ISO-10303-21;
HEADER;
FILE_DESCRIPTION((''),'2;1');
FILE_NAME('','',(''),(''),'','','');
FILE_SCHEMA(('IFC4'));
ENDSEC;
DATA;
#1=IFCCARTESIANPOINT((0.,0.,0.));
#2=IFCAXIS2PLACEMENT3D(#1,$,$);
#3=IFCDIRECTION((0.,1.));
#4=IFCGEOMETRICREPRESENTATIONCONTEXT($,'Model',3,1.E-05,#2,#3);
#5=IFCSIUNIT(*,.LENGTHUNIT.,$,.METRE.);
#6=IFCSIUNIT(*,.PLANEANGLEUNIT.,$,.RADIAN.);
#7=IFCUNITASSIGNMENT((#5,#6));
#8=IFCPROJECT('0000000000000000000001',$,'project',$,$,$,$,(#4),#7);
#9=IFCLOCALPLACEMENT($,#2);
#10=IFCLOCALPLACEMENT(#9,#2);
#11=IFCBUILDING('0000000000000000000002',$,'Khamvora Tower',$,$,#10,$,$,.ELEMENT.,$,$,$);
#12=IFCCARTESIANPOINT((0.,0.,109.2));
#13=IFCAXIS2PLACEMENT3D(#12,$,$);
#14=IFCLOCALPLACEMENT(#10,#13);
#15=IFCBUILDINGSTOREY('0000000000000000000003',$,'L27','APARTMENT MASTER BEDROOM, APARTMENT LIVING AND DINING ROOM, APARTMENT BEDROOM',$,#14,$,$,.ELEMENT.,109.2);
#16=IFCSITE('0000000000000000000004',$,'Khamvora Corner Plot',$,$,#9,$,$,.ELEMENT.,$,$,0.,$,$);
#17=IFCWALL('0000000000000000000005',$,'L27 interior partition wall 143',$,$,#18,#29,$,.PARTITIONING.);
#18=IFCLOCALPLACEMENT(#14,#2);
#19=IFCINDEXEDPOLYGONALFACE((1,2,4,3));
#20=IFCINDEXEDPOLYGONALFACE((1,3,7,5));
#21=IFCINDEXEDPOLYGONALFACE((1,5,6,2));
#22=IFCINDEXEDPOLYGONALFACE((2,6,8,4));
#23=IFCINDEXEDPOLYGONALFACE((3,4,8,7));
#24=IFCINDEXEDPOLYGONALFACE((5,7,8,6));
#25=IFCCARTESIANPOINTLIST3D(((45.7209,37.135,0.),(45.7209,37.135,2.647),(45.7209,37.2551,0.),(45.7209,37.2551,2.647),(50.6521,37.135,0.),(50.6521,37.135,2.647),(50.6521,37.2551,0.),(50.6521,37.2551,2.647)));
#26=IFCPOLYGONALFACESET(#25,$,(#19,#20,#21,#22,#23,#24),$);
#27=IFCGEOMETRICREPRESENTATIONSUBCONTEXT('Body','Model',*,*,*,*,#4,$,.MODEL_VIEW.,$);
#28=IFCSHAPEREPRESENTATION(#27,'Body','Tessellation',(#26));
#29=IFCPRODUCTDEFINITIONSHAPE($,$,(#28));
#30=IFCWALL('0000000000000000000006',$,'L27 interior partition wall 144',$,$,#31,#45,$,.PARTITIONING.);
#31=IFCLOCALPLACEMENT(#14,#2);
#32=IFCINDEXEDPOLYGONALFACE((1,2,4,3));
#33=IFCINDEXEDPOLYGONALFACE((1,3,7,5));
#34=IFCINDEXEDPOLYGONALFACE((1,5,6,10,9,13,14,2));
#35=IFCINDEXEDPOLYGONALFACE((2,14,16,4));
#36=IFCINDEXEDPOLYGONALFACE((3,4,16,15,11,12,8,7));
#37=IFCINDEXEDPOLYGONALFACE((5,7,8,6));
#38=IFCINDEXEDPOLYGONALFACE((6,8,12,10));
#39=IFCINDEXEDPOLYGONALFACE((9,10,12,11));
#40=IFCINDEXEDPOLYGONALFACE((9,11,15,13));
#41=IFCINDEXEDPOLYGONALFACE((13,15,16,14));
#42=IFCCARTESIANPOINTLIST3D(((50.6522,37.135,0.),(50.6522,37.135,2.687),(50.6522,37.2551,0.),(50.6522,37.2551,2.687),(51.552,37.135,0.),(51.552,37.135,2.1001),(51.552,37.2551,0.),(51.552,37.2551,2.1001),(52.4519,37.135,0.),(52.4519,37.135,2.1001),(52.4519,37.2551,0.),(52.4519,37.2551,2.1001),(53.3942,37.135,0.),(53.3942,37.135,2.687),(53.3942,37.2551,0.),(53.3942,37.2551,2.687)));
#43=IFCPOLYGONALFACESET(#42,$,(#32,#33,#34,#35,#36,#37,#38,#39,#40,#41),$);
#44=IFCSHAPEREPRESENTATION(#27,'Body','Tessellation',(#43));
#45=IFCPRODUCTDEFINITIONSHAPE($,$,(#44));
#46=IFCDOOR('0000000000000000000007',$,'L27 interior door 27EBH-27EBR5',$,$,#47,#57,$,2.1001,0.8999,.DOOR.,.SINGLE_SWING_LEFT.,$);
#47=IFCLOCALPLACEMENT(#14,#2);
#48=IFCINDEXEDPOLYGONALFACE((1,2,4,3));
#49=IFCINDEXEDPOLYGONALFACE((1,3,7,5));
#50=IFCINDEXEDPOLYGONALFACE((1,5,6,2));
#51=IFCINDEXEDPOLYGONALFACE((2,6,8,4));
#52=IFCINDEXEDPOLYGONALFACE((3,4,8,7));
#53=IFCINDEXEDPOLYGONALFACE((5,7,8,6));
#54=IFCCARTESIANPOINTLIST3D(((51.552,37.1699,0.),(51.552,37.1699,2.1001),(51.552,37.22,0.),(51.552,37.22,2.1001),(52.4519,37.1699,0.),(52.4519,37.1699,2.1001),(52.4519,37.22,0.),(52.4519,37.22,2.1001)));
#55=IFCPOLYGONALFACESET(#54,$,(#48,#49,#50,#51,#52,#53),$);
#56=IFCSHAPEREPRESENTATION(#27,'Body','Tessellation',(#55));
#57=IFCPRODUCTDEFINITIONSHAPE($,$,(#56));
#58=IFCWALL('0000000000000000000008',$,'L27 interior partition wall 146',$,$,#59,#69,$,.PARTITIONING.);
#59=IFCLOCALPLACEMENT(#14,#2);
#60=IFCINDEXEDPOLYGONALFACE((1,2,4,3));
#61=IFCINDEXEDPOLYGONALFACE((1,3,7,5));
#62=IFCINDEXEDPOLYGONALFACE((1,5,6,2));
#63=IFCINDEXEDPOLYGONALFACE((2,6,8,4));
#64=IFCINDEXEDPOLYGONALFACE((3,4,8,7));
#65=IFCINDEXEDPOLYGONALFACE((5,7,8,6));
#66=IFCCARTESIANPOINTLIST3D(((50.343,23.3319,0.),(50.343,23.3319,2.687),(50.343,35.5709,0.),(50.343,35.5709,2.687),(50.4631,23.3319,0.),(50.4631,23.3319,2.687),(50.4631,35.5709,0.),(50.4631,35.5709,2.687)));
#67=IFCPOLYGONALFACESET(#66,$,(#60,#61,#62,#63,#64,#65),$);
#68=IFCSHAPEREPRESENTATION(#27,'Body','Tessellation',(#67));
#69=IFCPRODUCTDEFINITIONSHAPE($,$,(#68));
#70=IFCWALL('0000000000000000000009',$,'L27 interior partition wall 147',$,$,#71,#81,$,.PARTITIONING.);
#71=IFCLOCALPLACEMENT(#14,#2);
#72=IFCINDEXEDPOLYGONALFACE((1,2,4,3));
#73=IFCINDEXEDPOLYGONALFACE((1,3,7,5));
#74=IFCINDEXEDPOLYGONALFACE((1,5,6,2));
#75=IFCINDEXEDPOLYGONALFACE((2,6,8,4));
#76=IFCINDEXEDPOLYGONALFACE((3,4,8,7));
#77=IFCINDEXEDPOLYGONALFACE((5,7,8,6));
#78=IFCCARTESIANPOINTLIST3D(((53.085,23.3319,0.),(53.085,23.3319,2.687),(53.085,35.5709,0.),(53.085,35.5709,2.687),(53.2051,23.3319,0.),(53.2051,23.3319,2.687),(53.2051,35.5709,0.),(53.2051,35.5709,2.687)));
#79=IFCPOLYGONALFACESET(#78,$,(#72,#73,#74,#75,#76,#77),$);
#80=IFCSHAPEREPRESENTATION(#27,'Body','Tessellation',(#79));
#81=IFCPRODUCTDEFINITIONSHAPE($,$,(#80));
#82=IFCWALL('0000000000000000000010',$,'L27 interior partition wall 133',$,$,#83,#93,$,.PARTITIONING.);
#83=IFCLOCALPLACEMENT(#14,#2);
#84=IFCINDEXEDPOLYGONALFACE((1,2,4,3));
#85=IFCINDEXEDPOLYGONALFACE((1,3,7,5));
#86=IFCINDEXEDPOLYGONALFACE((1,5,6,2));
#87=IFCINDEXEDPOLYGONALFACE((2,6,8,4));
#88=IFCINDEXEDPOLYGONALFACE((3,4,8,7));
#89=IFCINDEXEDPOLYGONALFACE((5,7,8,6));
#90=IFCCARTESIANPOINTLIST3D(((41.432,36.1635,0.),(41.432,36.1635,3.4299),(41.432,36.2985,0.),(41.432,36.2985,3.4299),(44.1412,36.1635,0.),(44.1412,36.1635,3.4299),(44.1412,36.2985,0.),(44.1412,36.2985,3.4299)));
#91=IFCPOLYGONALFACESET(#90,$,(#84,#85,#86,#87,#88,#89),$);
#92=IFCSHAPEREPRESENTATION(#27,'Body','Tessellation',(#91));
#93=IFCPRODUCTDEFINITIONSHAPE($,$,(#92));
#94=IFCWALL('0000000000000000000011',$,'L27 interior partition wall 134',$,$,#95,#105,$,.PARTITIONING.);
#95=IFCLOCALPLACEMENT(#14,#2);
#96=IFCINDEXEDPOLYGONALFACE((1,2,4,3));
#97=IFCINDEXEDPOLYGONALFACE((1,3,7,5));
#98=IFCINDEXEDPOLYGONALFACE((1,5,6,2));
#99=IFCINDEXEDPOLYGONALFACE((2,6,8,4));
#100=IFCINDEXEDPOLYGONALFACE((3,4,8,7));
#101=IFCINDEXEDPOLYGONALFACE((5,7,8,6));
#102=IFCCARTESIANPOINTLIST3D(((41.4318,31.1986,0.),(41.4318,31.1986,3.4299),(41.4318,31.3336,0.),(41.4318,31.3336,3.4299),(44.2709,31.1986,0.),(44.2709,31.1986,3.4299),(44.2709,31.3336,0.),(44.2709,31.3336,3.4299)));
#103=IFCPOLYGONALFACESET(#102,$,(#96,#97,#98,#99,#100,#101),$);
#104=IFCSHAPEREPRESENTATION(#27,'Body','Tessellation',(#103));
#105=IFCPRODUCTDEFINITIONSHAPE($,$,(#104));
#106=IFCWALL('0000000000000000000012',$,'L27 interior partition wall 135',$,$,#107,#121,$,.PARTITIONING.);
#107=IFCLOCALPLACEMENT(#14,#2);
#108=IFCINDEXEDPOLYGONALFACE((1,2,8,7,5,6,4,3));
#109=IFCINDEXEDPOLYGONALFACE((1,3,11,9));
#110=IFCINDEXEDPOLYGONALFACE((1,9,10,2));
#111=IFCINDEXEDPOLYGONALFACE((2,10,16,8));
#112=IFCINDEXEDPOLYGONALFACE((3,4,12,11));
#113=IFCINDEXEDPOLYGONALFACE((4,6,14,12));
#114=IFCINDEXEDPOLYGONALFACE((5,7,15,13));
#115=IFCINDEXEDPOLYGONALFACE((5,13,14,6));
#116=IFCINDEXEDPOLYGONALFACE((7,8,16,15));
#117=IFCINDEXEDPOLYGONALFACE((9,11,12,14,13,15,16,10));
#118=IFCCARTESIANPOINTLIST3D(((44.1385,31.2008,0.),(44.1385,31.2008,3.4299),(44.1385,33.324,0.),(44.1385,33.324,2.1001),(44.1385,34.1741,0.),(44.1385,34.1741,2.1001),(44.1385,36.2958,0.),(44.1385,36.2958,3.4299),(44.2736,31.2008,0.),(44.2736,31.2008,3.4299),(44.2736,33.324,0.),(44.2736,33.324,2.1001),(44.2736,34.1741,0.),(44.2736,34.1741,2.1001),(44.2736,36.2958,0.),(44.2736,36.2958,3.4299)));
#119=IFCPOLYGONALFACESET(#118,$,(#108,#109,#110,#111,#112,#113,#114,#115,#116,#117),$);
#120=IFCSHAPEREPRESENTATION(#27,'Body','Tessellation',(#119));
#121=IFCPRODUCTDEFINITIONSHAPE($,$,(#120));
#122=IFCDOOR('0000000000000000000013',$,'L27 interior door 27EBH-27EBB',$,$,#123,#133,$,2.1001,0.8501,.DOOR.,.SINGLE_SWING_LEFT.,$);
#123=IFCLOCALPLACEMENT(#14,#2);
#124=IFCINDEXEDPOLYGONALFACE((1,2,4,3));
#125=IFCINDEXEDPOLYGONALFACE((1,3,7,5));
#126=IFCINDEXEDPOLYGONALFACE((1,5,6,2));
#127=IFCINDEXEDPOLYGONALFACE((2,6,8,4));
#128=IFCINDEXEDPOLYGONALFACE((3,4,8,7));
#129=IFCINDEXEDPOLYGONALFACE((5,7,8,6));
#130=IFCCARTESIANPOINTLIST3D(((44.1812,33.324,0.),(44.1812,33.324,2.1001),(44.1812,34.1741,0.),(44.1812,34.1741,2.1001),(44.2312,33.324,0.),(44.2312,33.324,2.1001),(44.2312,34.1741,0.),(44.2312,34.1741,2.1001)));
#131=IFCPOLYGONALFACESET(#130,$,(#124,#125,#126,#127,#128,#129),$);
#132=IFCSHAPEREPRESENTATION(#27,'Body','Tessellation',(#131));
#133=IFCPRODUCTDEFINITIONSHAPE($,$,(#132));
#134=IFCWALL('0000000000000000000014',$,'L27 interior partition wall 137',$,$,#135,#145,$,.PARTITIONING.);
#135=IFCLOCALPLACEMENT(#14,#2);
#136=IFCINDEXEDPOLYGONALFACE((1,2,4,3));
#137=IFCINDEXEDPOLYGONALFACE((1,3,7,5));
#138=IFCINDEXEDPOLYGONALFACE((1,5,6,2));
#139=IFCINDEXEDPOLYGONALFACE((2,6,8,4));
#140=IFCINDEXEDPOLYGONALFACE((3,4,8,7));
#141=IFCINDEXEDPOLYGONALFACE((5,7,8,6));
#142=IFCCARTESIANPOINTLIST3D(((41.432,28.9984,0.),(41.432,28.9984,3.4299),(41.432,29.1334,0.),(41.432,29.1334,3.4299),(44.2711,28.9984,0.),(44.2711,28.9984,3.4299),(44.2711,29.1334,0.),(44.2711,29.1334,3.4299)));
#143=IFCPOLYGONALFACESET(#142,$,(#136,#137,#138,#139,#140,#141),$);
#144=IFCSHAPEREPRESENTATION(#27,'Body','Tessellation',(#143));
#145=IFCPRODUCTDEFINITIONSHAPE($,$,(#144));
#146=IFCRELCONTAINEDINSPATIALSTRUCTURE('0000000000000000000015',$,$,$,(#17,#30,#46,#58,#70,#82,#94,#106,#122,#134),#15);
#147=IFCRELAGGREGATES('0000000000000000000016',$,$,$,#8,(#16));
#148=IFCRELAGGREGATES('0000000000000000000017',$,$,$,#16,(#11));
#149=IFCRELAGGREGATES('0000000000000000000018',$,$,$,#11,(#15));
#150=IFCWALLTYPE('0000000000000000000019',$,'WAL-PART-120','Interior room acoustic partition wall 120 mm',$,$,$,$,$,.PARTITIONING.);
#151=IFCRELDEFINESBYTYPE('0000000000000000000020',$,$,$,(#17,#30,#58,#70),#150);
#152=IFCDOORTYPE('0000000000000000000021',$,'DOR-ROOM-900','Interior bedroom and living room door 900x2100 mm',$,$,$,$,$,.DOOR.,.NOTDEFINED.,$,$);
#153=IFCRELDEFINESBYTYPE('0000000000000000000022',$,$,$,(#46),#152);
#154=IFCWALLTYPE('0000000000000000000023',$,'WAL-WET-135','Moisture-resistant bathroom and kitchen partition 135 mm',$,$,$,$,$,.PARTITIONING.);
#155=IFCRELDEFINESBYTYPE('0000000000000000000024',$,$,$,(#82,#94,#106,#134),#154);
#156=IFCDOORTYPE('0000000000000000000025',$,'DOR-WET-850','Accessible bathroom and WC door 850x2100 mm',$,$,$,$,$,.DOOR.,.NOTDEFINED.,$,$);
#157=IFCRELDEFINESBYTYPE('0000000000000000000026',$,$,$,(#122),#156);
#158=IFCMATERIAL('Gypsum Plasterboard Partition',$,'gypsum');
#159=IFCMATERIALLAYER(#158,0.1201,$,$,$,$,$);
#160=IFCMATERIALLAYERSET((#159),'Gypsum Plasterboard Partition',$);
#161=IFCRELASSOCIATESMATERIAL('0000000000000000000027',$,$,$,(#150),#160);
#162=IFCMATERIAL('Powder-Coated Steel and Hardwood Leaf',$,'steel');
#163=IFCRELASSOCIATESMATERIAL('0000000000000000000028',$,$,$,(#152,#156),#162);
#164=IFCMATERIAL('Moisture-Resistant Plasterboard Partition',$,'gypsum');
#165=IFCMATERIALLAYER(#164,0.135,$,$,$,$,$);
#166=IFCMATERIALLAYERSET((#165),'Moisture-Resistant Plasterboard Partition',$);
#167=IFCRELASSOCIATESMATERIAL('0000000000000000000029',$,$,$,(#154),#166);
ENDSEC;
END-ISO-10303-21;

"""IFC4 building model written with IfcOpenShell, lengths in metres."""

from ifc_helpers import new_model, si_unit, direction, frame, frame_2d, origin, place, context, subcontext, project, spatial, rectangle, extrude, material, layer, layer_set, type_object, element, fill, save


model = new_model("IFC4")

# Units and contexts
model_context = context("Model", 3, precision=1e-05, world=origin(), true_north=direction((0.0, 1.0)))
body_context = subcontext(model_context, "Body", "Model", "MODEL_VIEW")
ifc_project = project(units=[si_unit("LENGTHUNIT", "METRE"), si_unit("PLANEANGLEUNIT", "RADIAN")], contexts=[model_context])

# Site, building, storey
site_placement = place(None, origin())
site = spatial("IfcSite", under=ifc_project, at=site_placement, Name="Khamvora Corner Plot", CompositionType="ELEMENT", RefElevation=0.0)
building_placement = place(site_placement, origin())
building = spatial("IfcBuilding", under=site, at=building_placement, Name="Khamvora Tower", CompositionType="ELEMENT")
storey_placement = place(building_placement, frame((0.0, 0.0, 109.2)))
storey = spatial("IfcBuildingStorey", under=building, at=storey_placement, Name="L27", Description="APARTMENT MASTER BEDROOM, APARTMENT LIVING AND DINING ROOM, APARTMENT BEDROOM", CompositionType="ELEMENT", Elevation=109.2)

# Shared definitions
ifc_material_1 = material(Name="Powder-Coated Steel and Hardwood Leaf", Category="steel")

# Shared definitions
ifc_material_2 = material(Name="Gypsum Plasterboard Partition", Category="gypsum")
ifc_layer_1 = layer(ifc_material_2, 0.1201)
ifc_layer_set_1 = layer_set([ifc_layer_1], Name="Gypsum Plasterboard Partition")
wall_type_1 = type_object("IfcWallType", Name="WAL-PART-120", Description="Interior room acoustic partition wall 120 mm", PredefinedType="PARTITIONING", material=ifc_layer_set_1)
door_type_1 = type_object("IfcDoorType", Name="DOR-ROOM-900", Description="Interior bedroom and living room door 900x2100 mm", OperationType="NOTDEFINED", PredefinedType="DOOR", material=ifc_material_1)

# Wall
wall_1_placement = place(storey_placement, frame((45.7209, 37.1951, 0.0), z_axis=(0.0, 0.0, 1.0), x_axis=(1.0, 0.0, 0.0)))
element("IfcWall", 1, at=wall_1_placement, inside=storey, type_object=wall_type_1, Name="L27 interior partition wall 143", PredefinedType="PARTITIONING", context=body_context, shape_type="SweptSolid", body=[
    extrude(rectangle(XDim=4.9312, YDim=0.1201, at=frame_2d((2.4656, 0.0))), origin(), (0.0, 0.0, 1.0), 2.647),
])

# Wall, opening, door
wall_2_placement = place(storey_placement, frame((50.6521, 37.1951, 0.0), z_axis=(0.0, 0.0, 1.0), x_axis=(1.0, 0.0, 0.0)))
wall_2 = element("IfcWall", 2, at=wall_2_placement, inside=storey, type_object=wall_type_1, Name="L27 interior partition wall 144", PredefinedType="PARTITIONING", context=body_context, shape_type="SweptSolid", body=[
    extrude(rectangle(XDim=2.7419, YDim=0.1201, at=frame_2d((1.3711, 0.0))), origin(), (0.0, 0.0, 1.0), 2.687),
])
opening_1_placement = place(wall_2_placement, frame((0.8999, 0.0, 0.0)))
opening_1 = element("IfcOpeningElement", 3, at=opening_1_placement, cuts=wall_2, PredefinedType="OPENING", context=body_context, shape_type="SweptSolid", body=[
    extrude(rectangle(XDim=0.8999, YDim=2.1001, at=frame_2d((0.45, 1.05))), frame((0.0, 0.0701, 0.0), z_axis=(0.0, -1.0, 0.0), x_axis=(1.0, 0.0, 0.0)), (0.0, 0.0, 1.0), 0.1401),
])
door_1_placement = place(opening_1_placement, origin())
door_1 = element("IfcDoor", 4, at=door_1_placement, inside=storey, type_object=door_type_1, Name="L27 interior door 27EBH-27EBR5", OperationType="SINGLE_SWING_LEFT", OverallHeight=2.1001, OverallWidth=0.8999, PredefinedType="DOOR", context=body_context, shape_type="SweptSolid", body=[
    extrude(rectangle(XDim=0.8999, YDim=2.1001, at=frame_2d((0.45, 1.05))), frame((0.0, 0.0249, 0.0), z_axis=(0.0, -1.0, 0.0), x_axis=(1.0, 0.0, 0.0)), (0.0, 0.0, 1.0), 0.05),
])
fill(opening_1, door_1)

# Walls
for number, where, z_axis, x_axis, name in (
    (5, (50.4031, 35.571, 0.0), (0.0, 0.0, 1.0), (0.0, -1.0, 0.0), "L27 interior partition wall 146"),
    (6, (53.145, 35.571, 0.0), (0.0, 0.0, 1.0), (0.0, -1.0, 0.0), "L27 interior partition wall 147"),
):
    element("IfcWall", number, at=place(storey_placement, frame(where, z_axis=z_axis, x_axis=x_axis)), inside=storey, type_object=wall_type_1, Name=name, PredefinedType="PARTITIONING", context=body_context, shape_type="SweptSolid", body=[
        extrude(rectangle(XDim=12.239, YDim=0.1201, at=frame_2d((6.1196, 0.0))), origin(), (0.0, 0.0, 1.0), 2.687),
    ])
ifc_material_3 = material(Name="Moisture-Resistant Plasterboard Partition", Category="gypsum")
ifc_layer_2 = layer(ifc_material_3, 0.135)
ifc_layer_set_2 = layer_set([ifc_layer_2], Name="Moisture-Resistant Plasterboard Partition")
wall_type_2 = type_object("IfcWallType", Name="WAL-WET-135", Description="Moisture-resistant bathroom and kitchen partition 135 mm", PredefinedType="PARTITIONING", material=ifc_layer_set_2)
wall_3_placement = place(storey_placement, frame((44.1411, 36.231, 0.0), z_axis=(0.0, 0.0, 1.0), x_axis=(-1.0, 0.0, 0.0)))
element("IfcWall", 7, at=wall_3_placement, inside=storey, type_object=wall_type_2, Name="L27 interior partition wall 133", PredefinedType="PARTITIONING", context=body_context, shape_type="SweptSolid", body=[
    extrude(rectangle(XDim=2.7092, YDim=0.135, at=frame_2d((1.3545, 0.0))), origin(), (0.0, 0.0, 1.0), 3.4299),
])
wall_4_placement = place(storey_placement, frame((41.4319, 31.2661, 0.0), z_axis=(0.0, 0.0, 1.0), x_axis=(1.0, 0.0, 0.0)))
element("IfcWall", 8, at=wall_4_placement, inside=storey, type_object=wall_type_2, Name="L27 interior partition wall 134", PredefinedType="PARTITIONING", context=body_context, shape_type="SweptSolid", body=[
    extrude(rectangle(XDim=2.8391, YDim=0.135, at=frame_2d((1.4194, 0.0))), origin(), (0.0, 0.0, 1.0), 3.4299),
])

# Wall, opening, door
wall_5_placement = place(storey_placement, frame((44.2061, 31.2009, 0.0), z_axis=(0.0, 0.0, 1.0), x_axis=(0.0, 1.0, 0.0)))
wall_5 = element("IfcWall", 9, at=wall_5_placement, inside=storey, type_object=wall_type_2, Name="L27 interior partition wall 135", PredefinedType="PARTITIONING", context=body_context, shape_type="SweptSolid", body=[
    extrude(rectangle(XDim=5.095, YDim=0.135, at=frame_2d((2.5474, 0.0))), origin(), (0.0, 0.0, 1.0), 3.4299),
])
opening_2_placement = place(wall_5_placement, frame((2.123, 0.0, 0.0)))
opening_2 = element("IfcOpeningElement", 10, at=opening_2_placement, cuts=wall_5, PredefinedType="OPENING", context=body_context, shape_type="SweptSolid", body=[
    extrude(rectangle(XDim=0.8501, YDim=2.1001, at=frame_2d((0.425, 1.05))), frame((0.0, 0.0774, 0.0), z_axis=(0.0, -1.0, 0.0), x_axis=(1.0, 0.0, 0.0)), (0.0, 0.0, 1.0), 0.155),
])
door_type_2 = type_object("IfcDoorType", Name="DOR-WET-850", Description="Accessible bathroom and WC door 850x2100 mm", OperationType="NOTDEFINED", PredefinedType="DOOR", material=ifc_material_1)
door_2_placement = place(opening_2_placement, origin())
door_2 = element("IfcDoor", 11, at=door_2_placement, inside=storey, type_object=door_type_2, Name="L27 interior door 27EBH-27EBB", OperationType="SINGLE_SWING_LEFT", OverallHeight=2.1001, OverallWidth=0.8501, PredefinedType="DOOR", context=body_context, shape_type="SweptSolid", body=[
    extrude(rectangle(XDim=0.8501, YDim=2.1001, at=frame_2d((0.425, 1.05))), frame((0.0, 0.0249, 0.0), z_axis=(0.0, -1.0, 0.0), x_axis=(1.0, 0.0, 0.0)), (0.0, 0.0, 1.0), 0.05),
])
fill(opening_2, door_2)

# Wall
wall_6_placement = place(storey_placement, frame((44.271, 29.0659, 0.0), z_axis=(0.0, 0.0, 1.0), x_axis=(-1.0, 0.0, 0.0)))
element("IfcWall", 12, at=wall_6_placement, inside=storey, type_object=wall_type_2, Name="L27 interior partition wall 137", PredefinedType="PARTITIONING", context=body_context, shape_type="SweptSolid", body=[
    extrude(rectangle(XDim=2.8391, YDim=0.135, at=frame_2d((1.4194, 0.0))), origin(), (0.0, 0.0, 1.0), 3.4299),
])

save(model, "model.ifc")
